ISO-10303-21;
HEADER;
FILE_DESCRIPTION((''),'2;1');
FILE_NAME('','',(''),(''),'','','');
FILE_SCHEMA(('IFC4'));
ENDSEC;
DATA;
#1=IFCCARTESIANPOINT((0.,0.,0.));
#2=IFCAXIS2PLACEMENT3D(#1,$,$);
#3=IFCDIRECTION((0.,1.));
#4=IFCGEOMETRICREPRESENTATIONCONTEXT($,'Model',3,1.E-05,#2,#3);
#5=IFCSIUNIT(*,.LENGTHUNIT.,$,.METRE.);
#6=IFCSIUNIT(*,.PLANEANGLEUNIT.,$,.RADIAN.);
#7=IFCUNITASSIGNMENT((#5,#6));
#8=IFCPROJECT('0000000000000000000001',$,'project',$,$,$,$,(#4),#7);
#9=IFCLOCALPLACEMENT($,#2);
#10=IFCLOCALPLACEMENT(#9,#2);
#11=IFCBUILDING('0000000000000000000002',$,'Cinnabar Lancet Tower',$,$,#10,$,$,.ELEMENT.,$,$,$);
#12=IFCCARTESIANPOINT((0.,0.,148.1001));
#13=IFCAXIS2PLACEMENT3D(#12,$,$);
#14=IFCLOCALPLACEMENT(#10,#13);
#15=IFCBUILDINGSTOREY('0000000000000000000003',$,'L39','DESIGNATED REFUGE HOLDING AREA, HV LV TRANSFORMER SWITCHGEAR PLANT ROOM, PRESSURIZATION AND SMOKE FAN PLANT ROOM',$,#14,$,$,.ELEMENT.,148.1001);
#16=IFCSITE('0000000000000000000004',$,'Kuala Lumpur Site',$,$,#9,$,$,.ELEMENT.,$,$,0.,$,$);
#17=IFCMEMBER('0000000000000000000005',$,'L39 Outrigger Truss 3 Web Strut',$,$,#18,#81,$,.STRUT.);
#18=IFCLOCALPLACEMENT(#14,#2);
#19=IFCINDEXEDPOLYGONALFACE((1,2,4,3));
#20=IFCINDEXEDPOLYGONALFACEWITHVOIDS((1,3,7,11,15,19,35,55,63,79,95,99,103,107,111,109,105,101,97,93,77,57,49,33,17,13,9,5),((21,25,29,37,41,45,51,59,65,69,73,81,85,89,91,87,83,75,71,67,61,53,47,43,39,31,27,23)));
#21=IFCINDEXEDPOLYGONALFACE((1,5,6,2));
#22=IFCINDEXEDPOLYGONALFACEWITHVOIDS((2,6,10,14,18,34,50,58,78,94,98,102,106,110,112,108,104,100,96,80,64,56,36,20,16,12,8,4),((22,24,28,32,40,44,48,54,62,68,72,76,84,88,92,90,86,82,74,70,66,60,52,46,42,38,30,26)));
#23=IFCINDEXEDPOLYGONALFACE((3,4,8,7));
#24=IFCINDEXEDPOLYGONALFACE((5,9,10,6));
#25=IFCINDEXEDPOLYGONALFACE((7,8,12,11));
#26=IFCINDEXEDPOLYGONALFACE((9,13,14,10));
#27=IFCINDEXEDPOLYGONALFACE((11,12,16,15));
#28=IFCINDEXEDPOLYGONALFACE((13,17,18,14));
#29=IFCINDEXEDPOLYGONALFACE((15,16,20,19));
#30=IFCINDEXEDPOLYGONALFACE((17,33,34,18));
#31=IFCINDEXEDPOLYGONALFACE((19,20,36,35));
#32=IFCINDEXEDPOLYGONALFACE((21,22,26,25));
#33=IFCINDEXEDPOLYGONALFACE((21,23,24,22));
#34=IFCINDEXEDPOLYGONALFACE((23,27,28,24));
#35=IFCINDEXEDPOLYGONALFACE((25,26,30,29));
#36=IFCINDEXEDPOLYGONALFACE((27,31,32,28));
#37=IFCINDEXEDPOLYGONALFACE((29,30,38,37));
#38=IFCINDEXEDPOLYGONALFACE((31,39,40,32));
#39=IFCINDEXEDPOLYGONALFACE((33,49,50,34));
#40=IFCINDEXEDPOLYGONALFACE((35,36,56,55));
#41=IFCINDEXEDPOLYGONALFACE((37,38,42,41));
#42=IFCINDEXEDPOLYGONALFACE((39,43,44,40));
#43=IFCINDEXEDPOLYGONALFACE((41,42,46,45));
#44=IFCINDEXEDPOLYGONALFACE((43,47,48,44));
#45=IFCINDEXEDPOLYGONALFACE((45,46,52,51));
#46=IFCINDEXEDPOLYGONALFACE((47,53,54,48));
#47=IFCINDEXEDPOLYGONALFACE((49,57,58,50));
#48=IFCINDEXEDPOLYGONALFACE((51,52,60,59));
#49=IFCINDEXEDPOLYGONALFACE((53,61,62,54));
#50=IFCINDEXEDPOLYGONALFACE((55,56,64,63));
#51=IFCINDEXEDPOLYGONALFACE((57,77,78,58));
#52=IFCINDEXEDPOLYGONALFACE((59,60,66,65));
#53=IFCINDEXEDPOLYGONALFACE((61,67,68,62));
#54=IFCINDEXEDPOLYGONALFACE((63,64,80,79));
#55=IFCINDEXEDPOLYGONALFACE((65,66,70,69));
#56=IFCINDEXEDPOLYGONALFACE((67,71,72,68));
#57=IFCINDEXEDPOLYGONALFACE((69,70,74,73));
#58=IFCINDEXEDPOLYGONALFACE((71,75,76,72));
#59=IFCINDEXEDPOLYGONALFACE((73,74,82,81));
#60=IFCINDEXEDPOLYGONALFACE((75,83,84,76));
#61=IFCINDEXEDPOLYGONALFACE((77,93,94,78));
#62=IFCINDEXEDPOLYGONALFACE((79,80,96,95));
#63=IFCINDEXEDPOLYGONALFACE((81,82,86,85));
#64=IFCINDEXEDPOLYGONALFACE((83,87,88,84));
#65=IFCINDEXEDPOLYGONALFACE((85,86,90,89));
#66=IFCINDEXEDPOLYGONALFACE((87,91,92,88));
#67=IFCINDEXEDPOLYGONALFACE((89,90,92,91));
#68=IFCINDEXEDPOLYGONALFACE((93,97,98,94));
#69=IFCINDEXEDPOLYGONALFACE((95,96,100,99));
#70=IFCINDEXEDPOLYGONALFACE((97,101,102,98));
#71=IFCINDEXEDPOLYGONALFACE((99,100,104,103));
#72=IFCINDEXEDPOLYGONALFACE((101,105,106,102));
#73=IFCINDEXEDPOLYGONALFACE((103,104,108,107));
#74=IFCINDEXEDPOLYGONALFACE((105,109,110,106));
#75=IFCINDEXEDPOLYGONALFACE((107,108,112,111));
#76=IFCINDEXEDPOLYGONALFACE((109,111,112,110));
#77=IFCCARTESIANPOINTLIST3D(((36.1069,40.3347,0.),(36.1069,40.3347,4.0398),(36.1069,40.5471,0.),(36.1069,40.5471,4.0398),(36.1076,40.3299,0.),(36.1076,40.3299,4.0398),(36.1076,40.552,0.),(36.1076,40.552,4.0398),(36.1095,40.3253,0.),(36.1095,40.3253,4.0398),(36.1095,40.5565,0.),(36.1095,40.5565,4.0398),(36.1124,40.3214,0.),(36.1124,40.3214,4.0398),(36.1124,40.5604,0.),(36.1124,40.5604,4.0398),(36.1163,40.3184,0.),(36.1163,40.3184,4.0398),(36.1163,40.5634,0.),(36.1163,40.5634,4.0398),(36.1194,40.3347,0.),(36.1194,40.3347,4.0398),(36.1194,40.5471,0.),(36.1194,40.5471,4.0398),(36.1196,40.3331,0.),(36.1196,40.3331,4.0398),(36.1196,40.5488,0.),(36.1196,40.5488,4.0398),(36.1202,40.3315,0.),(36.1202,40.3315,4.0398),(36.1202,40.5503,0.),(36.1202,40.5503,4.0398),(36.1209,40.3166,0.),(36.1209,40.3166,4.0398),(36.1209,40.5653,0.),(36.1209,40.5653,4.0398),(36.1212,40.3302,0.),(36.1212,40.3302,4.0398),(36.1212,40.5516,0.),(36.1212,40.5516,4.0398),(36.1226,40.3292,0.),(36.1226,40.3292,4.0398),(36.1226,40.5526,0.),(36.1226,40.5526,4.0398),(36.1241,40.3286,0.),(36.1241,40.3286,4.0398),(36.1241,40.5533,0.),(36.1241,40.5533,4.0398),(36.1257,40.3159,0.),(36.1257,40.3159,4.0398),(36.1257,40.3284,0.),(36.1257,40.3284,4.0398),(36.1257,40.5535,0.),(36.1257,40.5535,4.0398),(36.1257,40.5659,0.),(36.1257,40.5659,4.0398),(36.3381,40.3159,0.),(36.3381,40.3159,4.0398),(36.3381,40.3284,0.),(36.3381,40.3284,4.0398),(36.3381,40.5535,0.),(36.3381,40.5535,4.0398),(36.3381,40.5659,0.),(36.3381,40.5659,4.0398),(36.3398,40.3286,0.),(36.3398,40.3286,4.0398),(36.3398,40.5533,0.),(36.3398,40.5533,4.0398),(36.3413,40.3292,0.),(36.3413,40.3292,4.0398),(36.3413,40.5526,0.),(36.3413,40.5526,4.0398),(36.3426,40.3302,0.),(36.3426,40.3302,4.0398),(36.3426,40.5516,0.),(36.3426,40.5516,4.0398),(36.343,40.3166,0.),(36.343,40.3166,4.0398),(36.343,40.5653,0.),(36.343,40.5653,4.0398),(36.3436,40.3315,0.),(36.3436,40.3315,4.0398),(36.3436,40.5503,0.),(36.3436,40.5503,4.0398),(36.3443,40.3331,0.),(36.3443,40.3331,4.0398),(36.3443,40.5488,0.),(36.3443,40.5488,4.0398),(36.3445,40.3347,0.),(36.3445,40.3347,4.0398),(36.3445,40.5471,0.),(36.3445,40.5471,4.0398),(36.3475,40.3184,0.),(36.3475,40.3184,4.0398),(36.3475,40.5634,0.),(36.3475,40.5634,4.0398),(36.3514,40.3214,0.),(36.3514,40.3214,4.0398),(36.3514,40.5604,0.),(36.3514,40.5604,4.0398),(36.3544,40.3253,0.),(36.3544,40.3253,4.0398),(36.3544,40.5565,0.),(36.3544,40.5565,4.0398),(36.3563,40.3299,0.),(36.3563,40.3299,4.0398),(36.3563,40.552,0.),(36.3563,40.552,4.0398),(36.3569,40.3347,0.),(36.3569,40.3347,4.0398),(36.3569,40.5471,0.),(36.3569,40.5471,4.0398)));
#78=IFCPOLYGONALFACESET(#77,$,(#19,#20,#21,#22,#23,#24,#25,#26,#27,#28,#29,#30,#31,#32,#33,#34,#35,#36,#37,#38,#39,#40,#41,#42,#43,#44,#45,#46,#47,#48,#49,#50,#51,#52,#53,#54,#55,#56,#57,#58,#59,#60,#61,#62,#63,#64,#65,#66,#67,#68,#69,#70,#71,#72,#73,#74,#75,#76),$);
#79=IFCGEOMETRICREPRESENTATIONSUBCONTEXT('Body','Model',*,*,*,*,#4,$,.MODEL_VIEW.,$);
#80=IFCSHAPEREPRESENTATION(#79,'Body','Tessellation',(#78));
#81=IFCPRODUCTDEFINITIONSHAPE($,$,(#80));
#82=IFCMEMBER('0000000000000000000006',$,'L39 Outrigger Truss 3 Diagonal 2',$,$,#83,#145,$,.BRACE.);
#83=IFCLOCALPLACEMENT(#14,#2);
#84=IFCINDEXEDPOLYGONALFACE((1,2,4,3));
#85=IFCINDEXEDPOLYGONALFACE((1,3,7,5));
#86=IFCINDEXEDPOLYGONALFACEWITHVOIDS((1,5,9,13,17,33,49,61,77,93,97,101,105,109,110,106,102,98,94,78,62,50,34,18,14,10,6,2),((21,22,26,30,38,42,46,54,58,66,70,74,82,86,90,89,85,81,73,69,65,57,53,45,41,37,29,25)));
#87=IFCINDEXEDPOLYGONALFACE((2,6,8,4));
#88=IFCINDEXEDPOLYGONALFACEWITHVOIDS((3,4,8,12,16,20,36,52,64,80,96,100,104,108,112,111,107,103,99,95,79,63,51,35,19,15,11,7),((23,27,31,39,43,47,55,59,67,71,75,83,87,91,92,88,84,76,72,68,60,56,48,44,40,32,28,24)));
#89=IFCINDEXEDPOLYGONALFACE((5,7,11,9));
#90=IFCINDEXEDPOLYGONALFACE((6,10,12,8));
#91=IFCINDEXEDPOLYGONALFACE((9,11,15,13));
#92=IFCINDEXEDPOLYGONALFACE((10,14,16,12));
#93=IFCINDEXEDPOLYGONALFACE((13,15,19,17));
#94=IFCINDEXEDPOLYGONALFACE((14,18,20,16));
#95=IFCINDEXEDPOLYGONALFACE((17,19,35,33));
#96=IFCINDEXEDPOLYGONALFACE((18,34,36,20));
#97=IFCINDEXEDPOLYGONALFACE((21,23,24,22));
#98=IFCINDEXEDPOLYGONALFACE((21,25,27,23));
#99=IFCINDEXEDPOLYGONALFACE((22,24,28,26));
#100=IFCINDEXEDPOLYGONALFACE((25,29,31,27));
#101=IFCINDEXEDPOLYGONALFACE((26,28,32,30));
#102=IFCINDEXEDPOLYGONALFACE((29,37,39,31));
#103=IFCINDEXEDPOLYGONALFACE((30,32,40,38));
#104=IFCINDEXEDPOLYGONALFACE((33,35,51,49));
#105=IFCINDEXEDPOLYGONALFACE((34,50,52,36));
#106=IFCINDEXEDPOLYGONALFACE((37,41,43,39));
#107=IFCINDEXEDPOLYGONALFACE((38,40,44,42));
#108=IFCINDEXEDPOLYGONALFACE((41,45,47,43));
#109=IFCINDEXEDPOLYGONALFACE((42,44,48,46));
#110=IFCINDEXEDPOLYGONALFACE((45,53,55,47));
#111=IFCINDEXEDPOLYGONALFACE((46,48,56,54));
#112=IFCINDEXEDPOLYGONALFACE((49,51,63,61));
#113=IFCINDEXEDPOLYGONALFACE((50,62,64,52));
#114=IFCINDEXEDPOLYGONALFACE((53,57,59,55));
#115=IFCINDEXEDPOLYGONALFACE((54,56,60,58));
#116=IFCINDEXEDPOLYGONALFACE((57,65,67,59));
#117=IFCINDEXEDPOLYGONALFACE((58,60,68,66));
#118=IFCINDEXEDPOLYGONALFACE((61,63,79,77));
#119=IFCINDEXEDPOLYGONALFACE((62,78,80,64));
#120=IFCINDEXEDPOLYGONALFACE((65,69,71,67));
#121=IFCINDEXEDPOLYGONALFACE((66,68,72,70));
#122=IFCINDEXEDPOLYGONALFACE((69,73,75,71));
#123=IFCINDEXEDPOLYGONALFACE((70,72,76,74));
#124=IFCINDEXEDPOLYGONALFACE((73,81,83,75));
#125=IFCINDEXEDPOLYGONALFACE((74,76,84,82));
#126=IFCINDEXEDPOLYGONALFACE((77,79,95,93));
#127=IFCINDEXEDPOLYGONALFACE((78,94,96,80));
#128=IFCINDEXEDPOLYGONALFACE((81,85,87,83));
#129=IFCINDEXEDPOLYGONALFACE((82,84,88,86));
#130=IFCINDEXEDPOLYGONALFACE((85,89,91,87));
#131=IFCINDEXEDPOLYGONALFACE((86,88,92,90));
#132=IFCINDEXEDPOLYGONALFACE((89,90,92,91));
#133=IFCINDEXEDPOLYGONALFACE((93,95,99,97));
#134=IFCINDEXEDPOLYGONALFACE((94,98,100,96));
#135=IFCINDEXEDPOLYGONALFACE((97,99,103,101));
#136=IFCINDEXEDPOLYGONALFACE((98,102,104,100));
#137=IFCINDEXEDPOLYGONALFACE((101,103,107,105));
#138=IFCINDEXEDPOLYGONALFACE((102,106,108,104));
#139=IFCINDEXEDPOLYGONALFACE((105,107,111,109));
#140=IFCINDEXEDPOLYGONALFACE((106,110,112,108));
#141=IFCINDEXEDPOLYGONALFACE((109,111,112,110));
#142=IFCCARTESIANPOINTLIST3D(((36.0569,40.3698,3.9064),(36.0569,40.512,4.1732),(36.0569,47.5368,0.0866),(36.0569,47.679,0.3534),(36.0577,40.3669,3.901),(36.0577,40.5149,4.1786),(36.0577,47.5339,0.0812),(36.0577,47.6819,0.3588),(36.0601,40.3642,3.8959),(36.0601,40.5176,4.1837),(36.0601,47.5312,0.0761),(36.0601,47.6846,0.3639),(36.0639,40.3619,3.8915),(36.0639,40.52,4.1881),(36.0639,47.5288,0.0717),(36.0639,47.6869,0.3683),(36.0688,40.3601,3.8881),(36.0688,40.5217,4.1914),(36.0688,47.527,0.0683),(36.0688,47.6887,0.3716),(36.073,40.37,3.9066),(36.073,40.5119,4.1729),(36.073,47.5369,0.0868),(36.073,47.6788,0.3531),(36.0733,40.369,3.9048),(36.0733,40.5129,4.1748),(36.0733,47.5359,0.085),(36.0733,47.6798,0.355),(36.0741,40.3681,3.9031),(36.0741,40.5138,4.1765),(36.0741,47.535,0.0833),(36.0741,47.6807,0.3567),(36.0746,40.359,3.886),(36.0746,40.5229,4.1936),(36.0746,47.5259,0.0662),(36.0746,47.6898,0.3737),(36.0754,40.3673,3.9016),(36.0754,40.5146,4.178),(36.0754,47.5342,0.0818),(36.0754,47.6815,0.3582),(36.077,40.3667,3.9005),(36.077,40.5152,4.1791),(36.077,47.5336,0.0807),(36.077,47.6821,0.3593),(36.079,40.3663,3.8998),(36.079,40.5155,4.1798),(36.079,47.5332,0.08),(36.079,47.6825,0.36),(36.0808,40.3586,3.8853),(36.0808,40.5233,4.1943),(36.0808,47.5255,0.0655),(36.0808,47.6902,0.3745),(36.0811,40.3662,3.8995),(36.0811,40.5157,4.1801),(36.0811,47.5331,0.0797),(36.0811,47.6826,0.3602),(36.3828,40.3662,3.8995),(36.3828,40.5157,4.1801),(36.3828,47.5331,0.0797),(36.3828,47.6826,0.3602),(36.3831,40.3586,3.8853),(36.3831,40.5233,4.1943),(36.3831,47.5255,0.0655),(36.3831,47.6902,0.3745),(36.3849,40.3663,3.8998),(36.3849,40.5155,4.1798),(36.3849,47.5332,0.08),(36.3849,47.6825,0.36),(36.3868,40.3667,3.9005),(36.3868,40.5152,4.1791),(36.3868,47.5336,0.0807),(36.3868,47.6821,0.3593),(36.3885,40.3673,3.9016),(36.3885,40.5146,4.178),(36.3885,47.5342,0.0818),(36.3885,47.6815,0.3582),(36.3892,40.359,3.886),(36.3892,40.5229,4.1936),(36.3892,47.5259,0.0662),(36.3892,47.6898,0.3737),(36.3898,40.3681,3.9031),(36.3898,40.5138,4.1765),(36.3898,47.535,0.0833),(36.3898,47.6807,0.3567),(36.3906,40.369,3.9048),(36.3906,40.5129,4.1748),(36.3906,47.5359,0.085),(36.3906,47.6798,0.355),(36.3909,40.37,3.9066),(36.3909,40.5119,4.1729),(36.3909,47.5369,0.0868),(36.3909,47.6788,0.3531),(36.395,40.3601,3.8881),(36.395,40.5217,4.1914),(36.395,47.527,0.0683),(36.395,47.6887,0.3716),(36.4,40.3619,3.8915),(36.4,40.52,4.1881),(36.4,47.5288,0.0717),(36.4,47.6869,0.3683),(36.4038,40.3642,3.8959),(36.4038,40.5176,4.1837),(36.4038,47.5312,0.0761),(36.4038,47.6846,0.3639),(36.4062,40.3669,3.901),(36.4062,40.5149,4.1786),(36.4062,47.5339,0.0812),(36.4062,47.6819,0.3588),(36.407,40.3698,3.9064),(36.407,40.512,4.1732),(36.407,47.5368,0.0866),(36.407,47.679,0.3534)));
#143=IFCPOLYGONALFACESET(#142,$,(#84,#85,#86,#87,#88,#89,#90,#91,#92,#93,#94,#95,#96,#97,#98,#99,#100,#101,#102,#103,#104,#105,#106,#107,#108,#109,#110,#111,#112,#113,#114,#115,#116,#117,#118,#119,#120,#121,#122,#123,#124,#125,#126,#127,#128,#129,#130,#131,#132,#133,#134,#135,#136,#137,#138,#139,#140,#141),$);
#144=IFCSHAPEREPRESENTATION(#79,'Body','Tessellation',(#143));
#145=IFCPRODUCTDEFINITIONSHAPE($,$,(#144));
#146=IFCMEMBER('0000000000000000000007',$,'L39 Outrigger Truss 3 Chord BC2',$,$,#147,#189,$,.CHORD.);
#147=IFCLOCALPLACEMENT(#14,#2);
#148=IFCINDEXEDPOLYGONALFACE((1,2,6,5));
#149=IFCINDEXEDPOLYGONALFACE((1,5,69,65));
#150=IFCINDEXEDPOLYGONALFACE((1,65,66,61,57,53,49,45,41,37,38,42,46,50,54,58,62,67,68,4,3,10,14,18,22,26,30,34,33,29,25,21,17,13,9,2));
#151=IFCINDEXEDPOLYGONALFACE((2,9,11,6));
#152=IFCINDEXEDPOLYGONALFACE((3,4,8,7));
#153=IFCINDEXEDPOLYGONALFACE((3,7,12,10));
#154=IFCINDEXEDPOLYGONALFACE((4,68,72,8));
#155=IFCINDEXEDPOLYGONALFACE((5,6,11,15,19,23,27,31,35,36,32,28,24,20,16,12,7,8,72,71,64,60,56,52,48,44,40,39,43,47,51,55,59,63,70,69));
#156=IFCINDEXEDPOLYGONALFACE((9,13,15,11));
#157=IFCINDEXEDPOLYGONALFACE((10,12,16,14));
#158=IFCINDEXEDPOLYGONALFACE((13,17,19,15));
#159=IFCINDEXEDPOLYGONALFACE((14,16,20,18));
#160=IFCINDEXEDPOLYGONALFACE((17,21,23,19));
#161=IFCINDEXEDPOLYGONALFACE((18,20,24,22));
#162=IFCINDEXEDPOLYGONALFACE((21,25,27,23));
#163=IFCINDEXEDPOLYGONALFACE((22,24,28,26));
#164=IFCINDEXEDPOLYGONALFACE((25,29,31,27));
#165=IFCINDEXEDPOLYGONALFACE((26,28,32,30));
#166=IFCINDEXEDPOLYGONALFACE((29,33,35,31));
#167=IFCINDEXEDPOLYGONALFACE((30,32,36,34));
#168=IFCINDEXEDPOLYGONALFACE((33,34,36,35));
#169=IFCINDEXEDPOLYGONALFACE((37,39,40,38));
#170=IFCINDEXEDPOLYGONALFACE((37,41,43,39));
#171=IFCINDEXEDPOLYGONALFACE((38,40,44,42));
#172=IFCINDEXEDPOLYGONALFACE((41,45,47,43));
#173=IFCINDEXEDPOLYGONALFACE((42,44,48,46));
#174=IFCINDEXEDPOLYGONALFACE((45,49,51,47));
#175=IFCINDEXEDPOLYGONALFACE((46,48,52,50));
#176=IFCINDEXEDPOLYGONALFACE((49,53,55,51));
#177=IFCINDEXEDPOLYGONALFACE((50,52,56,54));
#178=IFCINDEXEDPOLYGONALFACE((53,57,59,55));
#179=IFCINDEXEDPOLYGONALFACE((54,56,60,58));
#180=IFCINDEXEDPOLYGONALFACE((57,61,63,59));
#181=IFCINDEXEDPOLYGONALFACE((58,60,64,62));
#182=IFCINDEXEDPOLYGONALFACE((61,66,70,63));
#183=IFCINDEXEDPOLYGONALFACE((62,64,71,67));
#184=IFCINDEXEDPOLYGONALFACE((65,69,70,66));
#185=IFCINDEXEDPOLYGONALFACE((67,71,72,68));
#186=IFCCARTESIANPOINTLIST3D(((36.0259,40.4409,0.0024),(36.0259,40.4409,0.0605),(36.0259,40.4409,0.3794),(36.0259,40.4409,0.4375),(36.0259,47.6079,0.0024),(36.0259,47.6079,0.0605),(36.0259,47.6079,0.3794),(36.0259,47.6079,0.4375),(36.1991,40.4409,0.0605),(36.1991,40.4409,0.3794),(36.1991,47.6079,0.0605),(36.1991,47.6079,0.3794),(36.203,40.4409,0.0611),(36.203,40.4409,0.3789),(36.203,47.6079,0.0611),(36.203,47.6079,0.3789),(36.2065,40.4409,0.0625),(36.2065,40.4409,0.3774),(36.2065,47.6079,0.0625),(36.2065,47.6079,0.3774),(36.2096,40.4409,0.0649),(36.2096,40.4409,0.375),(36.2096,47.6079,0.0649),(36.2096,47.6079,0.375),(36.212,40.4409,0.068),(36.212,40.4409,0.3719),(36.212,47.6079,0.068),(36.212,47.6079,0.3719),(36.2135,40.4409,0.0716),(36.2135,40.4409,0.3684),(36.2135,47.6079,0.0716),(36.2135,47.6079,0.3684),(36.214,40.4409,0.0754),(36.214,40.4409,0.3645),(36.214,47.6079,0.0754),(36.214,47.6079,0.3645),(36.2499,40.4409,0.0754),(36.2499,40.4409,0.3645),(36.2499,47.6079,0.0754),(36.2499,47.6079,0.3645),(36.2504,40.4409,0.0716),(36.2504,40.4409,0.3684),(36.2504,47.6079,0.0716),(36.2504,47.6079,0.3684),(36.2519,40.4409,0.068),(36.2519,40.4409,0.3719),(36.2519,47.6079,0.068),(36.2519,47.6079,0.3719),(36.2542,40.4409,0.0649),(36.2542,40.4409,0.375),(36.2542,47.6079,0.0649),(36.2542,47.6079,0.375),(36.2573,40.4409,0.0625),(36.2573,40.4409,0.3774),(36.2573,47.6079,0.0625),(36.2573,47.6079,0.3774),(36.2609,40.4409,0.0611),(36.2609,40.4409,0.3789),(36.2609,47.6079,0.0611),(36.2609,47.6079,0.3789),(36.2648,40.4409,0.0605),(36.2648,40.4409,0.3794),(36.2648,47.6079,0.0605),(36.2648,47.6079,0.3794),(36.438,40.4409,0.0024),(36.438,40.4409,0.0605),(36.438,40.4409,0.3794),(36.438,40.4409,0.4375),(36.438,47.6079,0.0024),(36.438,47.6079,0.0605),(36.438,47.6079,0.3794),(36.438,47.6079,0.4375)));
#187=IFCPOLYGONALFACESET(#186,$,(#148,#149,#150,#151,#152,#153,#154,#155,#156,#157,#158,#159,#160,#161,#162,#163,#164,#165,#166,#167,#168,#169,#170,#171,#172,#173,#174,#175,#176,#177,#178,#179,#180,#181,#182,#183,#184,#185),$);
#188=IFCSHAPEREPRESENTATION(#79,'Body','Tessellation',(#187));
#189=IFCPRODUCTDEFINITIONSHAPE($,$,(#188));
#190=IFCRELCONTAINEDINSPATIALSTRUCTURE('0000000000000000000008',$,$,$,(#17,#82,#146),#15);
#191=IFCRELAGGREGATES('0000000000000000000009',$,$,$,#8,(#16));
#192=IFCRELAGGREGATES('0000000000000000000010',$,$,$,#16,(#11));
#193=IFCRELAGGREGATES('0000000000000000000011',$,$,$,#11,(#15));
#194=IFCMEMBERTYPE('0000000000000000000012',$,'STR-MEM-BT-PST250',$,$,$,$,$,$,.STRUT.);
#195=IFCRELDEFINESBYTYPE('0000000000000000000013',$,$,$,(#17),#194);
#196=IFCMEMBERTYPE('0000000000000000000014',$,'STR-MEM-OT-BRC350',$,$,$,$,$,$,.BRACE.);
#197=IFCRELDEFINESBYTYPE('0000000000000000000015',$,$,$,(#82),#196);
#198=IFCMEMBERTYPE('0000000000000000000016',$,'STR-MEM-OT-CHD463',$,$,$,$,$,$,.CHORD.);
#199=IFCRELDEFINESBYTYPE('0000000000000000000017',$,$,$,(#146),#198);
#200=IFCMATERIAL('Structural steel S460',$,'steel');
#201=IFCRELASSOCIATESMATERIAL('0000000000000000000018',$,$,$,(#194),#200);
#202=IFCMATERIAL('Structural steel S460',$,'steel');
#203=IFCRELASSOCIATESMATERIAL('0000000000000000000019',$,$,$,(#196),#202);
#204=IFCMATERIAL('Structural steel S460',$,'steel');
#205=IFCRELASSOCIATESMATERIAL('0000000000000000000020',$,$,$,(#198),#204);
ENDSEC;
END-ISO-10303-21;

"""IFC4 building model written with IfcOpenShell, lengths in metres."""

from ifc_helpers import new_model, si_unit, direction, frame, origin, origin_2d, place, context, subcontext, project, spatial, hollow_rectangle, i_section, extrude, material, material_profile, profile_set, type_object, element, save


model = new_model("IFC4")

# Units and contexts
model_context = context("Model", 3, precision=1e-05, world=origin(), true_north=direction((0.0, 1.0)))
body_context = subcontext(model_context, "Body", "Model", "MODEL_VIEW")
ifc_project = project(units=[si_unit("LENGTHUNIT", "METRE"), si_unit("PLANEANGLEUNIT", "RADIAN")], contexts=[model_context])

# Site, building, storey
site_placement = place(None, origin())
site = spatial("IfcSite", under=ifc_project, at=site_placement, Name="Kuala Lumpur Site", CompositionType="ELEMENT", RefElevation=0.0)
building_placement = place(site_placement, origin())
building = spatial("IfcBuilding", under=site, at=building_placement, Name="Cinnabar Lancet Tower", CompositionType="ELEMENT")
storey_placement = place(building_placement, frame((0.0, 0.0, 148.1001)))
storey = spatial("IfcBuildingStorey", under=building, at=storey_placement, Name="L39", Description="DESIGNATED REFUGE HOLDING AREA, HV LV TRANSFORMER SWITCHGEAR PLANT ROOM, PRESSURIZATION AND SMOKE FAN PLANT ROOM", CompositionType="ELEMENT", Elevation=148.1001)

# Members
ifc_material_1 = material(Name="Structural steel S460", Category="steel")
ifc_material_profile_1 = material_profile(ifc_material_1, hollow_rectangle(XDim=0.25, YDim=0.25, WallThickness=0.0125, InnerFilletRadius=0.0063, OuterFilletRadius=0.0188, at=origin_2d()), Name="SHS 250x250x12.5")
ifc_profile_set_1 = profile_set([ifc_material_profile_1], Name="Structural steel S460")
member_type_1 = type_object("IfcMemberType", Name="STR-MEM-BT-PST250", PredefinedType="STRUT", material=ifc_profile_set_1)
member_1_placement = place(storey_placement, frame((36.2319, 40.4409, 0.0), z_axis=(0.0, 0.0, 1.0), x_axis=(1.0, 0.0, 0.0)))
element("IfcMember", 1, at=member_1_placement, inside=storey, type_object=member_type_1, Name="L39 Outrigger Truss 3 Web Strut", PredefinedType="STRUT", context=body_context, shape_type="SweptSolid", body=[
    extrude(hollow_rectangle(XDim=0.25, YDim=0.25, WallThickness=0.0125, InnerFilletRadius=0.0063, OuterFilletRadius=0.0188, at=origin_2d()), origin(), (0.0, 0.0, 1.0), 4.0398),
])
ifc_material_2 = material(Name="Structural steel S460", Category="steel")
ifc_material_profile_2 = material_profile(ifc_material_2, hollow_rectangle(XDim=0.3501, YDim=0.3501, WallThickness=0.0161, InnerFilletRadius=0.0081, OuterFilletRadius=0.0239, at=origin_2d()), Name="SHS 350x350x16")
ifc_profile_set_2 = profile_set([ifc_material_profile_2], Name="Structural steel S460")
member_type_2 = type_object("IfcMemberType", Name="STR-MEM-OT-BRC350", PredefinedType="BRACE", material=ifc_profile_set_2)
member_2_placement = place(storey_placement, frame((36.2319, 40.4409, 4.0398), z_axis=(0.0, 0.882484, -0.470342), x_axis=(-1.0, 0.0, 0.0)))
element("IfcMember", 2, at=member_2_placement, inside=storey, type_object=member_type_2, Name="L39 Outrigger Truss 3 Diagonal 2", PredefinedType="BRACE", context=body_context, shape_type="SweptSolid", body=[
    extrude(hollow_rectangle(XDim=0.3501, YDim=0.3501, WallThickness=0.0161, InnerFilletRadius=0.0081, OuterFilletRadius=0.0239, at=origin_2d()), origin(), (0.0, 0.0, 1.0), 8.1213),
])
ifc_material_3 = material(Name="Structural steel S460", Category="steel")
ifc_material_profile_3 = material_profile(ifc_material_3, i_section(OverallWidth=0.4121, OverallDepth=0.4351, WebThickness=0.0359, FlangeThickness=0.0581, FilletRadius=0.0149, at=origin_2d()), Name="HD 400x463")
ifc_profile_set_3 = profile_set([ifc_material_profile_3], Name="Structural steel S460")
member_type_3 = type_object("IfcMemberType", Name="STR-MEM-OT-CHD463", PredefinedType="CHORD", material=ifc_profile_set_3)
for number, where, z_axis, x_axis, name in (
    (3, (36.2319, 40.4409, 0.22), (0.0, 1.0, 0.0), (-1.0, 0.0, 0.0), "L39 Outrigger Truss 3 Chord BC2"),
):
    element("IfcMember", number, at=place(storey_placement, frame(where, z_axis=z_axis, x_axis=x_axis)), inside=storey, type_object=member_type_3, Name=name, PredefinedType="CHORD", context=body_context, shape_type="SweptSolid", body=[
        extrude(i_section(OverallWidth=0.4121, OverallDepth=0.4351, WebThickness=0.0359, FlangeThickness=0.0581, FilletRadius=0.0149, at=origin_2d()), origin(), (0.0, 0.0, 1.0), 7.167),
    ])

save(model, "model.ifc")
